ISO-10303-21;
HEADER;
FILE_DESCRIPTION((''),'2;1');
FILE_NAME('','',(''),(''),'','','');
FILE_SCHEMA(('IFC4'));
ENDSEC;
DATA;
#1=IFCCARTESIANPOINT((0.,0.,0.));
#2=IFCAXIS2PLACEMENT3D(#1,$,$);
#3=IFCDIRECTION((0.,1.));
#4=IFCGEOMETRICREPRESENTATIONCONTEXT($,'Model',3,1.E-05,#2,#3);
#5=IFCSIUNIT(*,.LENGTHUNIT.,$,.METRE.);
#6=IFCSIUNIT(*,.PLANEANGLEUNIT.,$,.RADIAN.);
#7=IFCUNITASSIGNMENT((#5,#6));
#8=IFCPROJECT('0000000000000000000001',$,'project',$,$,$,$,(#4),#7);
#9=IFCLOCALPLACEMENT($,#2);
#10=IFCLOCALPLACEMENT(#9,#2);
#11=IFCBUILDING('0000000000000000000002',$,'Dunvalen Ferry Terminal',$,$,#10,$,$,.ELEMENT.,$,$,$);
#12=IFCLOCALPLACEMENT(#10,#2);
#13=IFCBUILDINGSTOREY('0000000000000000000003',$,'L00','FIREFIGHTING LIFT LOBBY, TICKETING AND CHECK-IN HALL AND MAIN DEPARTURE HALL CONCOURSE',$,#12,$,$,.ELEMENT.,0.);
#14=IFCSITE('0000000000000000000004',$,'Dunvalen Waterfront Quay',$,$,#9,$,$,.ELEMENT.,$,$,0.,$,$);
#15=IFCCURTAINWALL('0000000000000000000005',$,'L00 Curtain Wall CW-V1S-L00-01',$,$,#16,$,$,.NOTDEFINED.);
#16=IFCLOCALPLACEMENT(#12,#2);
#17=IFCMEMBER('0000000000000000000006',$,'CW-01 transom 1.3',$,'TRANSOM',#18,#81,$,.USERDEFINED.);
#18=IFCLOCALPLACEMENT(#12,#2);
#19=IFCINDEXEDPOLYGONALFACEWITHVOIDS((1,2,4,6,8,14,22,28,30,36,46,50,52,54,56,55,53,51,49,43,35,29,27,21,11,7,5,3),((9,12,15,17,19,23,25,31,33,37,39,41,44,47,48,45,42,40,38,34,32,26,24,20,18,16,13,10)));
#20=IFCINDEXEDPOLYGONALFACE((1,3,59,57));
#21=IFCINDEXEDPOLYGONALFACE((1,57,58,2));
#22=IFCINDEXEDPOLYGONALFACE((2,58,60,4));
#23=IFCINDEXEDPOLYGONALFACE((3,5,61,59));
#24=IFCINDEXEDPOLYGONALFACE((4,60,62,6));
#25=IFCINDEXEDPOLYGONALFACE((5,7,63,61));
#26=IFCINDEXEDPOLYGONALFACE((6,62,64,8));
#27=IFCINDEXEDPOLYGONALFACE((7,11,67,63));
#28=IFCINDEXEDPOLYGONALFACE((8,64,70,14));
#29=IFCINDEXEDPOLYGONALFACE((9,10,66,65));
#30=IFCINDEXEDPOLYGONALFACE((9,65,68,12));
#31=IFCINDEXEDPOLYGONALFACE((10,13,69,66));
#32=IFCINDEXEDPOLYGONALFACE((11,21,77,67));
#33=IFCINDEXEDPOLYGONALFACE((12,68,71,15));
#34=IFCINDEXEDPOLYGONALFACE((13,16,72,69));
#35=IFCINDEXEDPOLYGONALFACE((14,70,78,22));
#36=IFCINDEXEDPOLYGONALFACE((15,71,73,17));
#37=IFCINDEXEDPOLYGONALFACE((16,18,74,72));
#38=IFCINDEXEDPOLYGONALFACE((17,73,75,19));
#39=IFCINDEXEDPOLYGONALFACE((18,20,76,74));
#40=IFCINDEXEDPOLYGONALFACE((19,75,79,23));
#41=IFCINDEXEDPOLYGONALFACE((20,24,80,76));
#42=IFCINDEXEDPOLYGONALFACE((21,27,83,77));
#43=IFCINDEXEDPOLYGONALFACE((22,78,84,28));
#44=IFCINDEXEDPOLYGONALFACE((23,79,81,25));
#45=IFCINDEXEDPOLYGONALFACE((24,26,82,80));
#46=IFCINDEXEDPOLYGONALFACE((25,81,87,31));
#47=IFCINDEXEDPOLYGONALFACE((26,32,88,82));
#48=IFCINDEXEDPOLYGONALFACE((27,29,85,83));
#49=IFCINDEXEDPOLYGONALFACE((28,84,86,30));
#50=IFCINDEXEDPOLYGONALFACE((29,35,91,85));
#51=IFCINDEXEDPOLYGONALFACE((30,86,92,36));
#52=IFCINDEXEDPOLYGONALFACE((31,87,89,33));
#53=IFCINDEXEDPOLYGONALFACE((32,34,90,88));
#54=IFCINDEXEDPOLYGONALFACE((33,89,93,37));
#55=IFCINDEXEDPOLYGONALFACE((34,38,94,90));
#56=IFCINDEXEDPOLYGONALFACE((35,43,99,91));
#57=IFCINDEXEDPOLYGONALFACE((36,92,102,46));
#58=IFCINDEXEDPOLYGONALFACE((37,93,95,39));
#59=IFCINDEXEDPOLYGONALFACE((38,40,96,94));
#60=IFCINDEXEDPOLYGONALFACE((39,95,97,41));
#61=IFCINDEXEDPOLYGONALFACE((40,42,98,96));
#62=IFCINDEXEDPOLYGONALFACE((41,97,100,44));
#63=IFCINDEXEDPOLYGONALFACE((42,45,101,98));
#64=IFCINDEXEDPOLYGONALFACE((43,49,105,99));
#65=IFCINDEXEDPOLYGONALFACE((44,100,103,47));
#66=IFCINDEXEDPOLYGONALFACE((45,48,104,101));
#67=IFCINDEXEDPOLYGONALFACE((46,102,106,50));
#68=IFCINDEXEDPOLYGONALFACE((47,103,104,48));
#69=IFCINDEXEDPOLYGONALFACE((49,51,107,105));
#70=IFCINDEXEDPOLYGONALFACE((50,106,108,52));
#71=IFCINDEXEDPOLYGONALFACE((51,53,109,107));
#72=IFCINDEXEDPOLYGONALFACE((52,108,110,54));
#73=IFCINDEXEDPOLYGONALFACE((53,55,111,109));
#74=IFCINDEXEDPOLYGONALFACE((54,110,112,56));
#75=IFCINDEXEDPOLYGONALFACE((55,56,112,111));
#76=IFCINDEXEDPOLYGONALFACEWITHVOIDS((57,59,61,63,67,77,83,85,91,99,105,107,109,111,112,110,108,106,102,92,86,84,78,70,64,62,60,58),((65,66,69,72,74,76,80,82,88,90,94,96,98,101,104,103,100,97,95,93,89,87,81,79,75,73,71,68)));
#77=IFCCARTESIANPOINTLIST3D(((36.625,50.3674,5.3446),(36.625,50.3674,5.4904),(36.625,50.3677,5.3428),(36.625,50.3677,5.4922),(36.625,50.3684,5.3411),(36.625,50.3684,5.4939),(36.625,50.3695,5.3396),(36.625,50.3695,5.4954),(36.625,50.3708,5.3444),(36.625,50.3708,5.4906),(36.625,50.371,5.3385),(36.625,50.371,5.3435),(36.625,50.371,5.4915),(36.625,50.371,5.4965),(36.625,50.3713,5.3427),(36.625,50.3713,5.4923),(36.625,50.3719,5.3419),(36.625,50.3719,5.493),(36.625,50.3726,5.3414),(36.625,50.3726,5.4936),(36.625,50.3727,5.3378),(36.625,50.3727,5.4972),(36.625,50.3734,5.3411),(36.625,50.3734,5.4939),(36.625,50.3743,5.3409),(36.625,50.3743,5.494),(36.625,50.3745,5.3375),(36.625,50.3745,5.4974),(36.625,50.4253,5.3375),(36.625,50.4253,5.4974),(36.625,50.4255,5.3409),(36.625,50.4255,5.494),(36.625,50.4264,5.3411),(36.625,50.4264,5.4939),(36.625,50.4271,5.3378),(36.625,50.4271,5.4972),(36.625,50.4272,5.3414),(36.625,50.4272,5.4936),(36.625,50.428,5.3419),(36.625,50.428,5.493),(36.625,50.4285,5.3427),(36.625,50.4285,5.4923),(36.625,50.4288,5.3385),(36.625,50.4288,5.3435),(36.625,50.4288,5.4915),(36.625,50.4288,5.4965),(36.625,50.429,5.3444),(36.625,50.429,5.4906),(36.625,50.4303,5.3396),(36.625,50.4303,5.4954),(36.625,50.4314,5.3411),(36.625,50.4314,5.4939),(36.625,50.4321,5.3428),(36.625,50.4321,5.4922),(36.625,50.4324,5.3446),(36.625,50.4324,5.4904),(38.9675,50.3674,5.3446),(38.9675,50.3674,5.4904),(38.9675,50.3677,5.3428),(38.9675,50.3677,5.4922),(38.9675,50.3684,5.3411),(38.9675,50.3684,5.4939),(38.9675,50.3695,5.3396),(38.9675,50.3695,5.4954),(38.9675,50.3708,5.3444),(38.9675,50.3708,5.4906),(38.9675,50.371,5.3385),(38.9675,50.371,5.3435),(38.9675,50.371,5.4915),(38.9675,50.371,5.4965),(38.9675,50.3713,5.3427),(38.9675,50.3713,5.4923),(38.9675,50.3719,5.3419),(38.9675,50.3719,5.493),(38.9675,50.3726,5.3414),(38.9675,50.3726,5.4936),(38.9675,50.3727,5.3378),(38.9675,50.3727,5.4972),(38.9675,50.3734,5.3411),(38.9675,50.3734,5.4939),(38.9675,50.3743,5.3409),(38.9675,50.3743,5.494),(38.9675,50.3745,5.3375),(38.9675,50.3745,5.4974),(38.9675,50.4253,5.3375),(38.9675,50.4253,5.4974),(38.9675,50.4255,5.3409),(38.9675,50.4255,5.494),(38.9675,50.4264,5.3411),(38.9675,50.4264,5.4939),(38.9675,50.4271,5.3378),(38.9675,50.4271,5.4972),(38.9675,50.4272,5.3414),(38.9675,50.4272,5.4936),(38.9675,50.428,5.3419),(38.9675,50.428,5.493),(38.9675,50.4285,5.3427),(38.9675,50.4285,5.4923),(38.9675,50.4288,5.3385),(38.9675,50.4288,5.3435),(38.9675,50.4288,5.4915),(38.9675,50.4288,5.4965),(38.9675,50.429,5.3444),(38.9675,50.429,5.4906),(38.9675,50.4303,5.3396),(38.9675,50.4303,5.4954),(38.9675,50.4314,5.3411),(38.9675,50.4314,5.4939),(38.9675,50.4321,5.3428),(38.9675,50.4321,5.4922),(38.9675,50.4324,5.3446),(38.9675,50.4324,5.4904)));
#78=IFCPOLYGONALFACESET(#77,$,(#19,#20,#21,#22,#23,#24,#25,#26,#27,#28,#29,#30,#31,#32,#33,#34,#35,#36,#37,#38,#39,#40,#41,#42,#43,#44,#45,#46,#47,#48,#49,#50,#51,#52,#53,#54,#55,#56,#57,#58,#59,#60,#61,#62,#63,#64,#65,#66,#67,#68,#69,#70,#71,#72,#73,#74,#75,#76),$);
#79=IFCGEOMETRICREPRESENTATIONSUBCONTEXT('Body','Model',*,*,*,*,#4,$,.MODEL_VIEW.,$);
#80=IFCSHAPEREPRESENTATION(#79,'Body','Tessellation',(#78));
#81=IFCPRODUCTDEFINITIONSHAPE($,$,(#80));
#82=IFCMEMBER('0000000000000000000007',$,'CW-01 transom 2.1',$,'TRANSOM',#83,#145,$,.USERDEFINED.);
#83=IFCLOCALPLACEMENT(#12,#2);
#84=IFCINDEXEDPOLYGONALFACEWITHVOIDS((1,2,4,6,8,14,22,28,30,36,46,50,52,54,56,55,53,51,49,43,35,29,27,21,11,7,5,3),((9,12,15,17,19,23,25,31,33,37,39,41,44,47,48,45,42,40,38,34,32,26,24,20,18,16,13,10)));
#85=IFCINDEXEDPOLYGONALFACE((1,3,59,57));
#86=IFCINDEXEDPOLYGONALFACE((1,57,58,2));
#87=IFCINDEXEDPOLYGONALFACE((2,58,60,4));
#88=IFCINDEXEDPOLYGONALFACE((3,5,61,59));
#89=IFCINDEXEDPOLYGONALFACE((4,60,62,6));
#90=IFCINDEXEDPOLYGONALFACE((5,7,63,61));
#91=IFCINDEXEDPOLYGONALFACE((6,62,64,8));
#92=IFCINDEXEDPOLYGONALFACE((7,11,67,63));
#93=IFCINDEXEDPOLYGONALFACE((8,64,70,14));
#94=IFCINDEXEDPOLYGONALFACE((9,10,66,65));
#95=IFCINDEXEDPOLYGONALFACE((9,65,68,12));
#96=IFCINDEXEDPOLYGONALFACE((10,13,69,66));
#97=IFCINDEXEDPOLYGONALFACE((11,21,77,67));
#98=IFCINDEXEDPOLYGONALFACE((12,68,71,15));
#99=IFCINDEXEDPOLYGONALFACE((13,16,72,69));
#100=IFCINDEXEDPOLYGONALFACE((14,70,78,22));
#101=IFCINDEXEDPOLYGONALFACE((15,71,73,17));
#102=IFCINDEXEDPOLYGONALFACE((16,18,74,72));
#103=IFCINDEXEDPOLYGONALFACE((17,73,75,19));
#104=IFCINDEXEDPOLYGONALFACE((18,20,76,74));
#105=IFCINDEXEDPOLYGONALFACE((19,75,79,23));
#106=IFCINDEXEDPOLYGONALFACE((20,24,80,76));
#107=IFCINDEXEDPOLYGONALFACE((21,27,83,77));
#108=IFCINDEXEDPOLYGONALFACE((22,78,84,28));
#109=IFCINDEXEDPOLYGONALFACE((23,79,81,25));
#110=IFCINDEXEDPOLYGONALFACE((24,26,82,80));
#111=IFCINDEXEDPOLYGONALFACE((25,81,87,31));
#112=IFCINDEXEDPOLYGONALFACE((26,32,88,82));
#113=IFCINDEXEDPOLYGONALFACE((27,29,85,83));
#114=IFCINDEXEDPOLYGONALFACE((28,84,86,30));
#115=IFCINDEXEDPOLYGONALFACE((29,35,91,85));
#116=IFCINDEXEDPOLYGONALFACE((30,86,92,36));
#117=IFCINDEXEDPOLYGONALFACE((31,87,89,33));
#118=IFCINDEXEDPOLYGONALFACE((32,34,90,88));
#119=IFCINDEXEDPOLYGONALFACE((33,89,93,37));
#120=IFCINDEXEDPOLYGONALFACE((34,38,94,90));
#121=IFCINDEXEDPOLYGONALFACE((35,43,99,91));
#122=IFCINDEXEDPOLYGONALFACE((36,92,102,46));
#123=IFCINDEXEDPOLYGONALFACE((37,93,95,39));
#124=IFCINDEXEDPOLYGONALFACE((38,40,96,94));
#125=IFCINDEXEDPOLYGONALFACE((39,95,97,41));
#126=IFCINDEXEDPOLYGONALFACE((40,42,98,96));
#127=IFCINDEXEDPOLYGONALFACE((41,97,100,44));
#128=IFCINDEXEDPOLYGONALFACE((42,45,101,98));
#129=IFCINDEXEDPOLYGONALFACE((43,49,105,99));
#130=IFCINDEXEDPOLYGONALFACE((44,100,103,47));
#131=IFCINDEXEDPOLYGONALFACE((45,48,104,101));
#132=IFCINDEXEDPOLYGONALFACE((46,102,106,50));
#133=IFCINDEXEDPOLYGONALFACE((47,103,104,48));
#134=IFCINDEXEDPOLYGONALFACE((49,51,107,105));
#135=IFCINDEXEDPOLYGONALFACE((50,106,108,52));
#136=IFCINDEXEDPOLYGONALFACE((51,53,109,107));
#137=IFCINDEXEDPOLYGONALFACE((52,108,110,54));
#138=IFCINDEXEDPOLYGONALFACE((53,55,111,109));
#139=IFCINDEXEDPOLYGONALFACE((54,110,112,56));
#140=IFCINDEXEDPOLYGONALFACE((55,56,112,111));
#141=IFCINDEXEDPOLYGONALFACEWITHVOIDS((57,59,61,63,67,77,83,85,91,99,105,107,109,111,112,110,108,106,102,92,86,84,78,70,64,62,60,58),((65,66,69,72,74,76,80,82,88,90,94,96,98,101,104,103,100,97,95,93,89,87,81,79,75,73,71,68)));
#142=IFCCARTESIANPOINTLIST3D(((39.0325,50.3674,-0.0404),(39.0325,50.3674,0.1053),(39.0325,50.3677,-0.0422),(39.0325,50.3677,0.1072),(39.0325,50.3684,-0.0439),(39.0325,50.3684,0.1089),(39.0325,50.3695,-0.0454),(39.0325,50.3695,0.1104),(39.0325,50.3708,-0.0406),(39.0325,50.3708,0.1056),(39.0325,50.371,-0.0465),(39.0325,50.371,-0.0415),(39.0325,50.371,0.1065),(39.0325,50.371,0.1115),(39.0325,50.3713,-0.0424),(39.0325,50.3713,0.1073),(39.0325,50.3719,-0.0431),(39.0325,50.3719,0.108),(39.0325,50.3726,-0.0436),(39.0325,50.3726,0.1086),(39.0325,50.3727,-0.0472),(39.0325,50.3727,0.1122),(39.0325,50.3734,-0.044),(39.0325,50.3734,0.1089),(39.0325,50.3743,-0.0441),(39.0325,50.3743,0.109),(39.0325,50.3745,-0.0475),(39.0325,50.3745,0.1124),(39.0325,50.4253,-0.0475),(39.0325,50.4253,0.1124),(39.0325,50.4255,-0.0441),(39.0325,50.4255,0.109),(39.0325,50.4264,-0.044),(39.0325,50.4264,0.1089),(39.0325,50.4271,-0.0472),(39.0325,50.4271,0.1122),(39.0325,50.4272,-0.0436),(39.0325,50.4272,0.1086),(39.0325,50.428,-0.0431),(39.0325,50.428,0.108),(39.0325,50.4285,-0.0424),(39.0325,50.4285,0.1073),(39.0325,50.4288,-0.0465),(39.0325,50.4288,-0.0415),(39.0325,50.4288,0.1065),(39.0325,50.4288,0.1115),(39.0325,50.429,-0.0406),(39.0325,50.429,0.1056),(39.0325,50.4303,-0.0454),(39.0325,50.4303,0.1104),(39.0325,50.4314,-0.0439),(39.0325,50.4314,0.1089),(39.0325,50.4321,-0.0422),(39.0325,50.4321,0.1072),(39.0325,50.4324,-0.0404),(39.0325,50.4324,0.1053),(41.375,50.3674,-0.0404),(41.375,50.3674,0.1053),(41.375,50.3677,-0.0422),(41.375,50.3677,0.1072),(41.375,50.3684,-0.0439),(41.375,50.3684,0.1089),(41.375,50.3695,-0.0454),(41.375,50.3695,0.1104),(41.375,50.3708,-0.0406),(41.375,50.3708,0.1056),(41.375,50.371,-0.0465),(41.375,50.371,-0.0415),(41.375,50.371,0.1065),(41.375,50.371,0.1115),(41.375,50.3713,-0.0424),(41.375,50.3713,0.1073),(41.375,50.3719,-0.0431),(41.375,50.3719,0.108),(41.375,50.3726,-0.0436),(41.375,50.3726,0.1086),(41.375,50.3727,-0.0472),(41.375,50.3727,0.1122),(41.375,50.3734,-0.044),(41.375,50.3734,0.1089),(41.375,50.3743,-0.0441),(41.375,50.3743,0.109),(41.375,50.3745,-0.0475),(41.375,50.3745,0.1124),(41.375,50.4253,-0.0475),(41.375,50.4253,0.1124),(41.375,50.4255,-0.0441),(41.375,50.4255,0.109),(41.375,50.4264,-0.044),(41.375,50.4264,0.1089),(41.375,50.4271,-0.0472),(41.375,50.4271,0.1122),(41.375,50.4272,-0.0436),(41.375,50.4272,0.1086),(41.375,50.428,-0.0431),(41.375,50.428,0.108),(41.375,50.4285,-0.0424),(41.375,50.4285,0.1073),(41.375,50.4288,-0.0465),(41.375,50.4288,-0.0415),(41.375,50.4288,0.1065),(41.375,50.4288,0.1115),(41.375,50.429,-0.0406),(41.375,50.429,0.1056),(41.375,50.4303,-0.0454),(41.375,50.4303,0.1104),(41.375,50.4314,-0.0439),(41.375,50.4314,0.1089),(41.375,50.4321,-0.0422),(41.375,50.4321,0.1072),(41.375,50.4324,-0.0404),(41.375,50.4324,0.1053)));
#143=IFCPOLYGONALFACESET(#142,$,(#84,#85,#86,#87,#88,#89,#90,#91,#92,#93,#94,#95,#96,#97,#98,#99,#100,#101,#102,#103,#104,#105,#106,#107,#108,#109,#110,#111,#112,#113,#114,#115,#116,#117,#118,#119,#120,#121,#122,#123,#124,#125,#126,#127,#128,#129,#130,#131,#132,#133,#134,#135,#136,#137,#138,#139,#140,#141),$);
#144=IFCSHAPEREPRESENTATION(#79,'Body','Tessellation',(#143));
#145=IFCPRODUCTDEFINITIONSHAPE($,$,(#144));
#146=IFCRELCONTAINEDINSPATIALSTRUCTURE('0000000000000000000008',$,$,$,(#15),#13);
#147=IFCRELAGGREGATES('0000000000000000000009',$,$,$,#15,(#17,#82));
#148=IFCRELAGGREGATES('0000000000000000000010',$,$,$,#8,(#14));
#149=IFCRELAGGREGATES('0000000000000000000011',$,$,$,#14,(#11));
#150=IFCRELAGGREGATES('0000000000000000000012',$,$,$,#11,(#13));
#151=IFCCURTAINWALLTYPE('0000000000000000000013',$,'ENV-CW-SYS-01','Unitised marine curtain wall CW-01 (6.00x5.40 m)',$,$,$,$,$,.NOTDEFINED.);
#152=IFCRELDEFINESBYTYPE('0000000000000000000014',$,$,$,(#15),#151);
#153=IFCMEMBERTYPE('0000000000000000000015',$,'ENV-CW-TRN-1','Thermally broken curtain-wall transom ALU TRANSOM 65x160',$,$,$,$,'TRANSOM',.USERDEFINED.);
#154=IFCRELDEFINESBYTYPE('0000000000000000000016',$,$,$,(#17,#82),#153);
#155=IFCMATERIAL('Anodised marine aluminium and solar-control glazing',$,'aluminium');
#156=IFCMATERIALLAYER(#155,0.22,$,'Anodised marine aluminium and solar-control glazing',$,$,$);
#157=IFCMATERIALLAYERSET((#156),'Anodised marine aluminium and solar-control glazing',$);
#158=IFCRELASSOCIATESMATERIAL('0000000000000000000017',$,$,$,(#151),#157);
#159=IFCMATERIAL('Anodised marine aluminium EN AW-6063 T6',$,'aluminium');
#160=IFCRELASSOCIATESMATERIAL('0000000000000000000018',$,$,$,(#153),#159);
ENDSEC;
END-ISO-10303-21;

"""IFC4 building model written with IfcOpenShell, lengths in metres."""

from ifc_helpers import new_model, si_unit, direction, frame, origin, origin_2d, place, context, subcontext, project, spatial, hollow_rectangle, extrude, material, layer, layer_set, material_profile, profile_set, type_object, element, aggregate, save


model = new_model("IFC4")

# Units and contexts
model_context = context("Model", 3, precision=1e-05, world=origin(), true_north=direction((0.0, 1.0)))
body_context = subcontext(model_context, "Body", "Model", "MODEL_VIEW")
ifc_project = project(units=[si_unit("LENGTHUNIT", "METRE"), si_unit("PLANEANGLEUNIT", "RADIAN")], contexts=[model_context])

# Site, building, storey
site_placement = place(None, origin())
site = spatial("IfcSite", under=ifc_project, at=site_placement, Name="Dunvalen Waterfront Quay", CompositionType="ELEMENT", RefElevation=0.0)
building_placement = place(site_placement, origin())
building = spatial("IfcBuilding", under=site, at=building_placement, Name="Dunvalen Ferry Terminal", CompositionType="ELEMENT")
storey_placement = place(building_placement, origin())
storey = spatial("IfcBuildingStorey", under=building, at=storey_placement, Name="L00", Description="FIREFIGHTING LIFT LOBBY, TICKETING AND CHECK-IN HALL AND MAIN DEPARTURE HALL CONCOURSE", CompositionType="ELEMENT", Elevation=0.0)

# Curtain wall, members
ifc_material_1 = material(Name="Anodised marine aluminium and solar-control glazing", Category="aluminium")
ifc_layer_1 = layer(ifc_material_1, 0.22, Name="Anodised marine aluminium and solar-control glazing")
ifc_layer_set_1 = layer_set([ifc_layer_1], Name="Anodised marine aluminium and solar-control glazing")
curtain_wall_type = type_object("IfcCurtainWallType", Name="ENV-CW-SYS-01", Description="Unitised marine curtain wall CW-01 (6.00x5.40 m)", PredefinedType="NOTDEFINED", material=ifc_layer_set_1)
curtain_wall_placement = place(storey_placement, origin())
curtain_wall = element("IfcCurtainWall", 1, at=curtain_wall_placement, inside=storey, type_object=curtain_wall_type, Name="L00 Curtain Wall CW-V1S-L00-01", PredefinedType="NOTDEFINED")
ifc_material_2 = material(Name="Anodised marine aluminium EN AW-6063 T6", Category="aluminium")
ifc_material_profile_1 = material_profile(ifc_material_2, hollow_rectangle(XDim=0.0649, YDim=0.1599, WallThickness=0.0034, InnerFilletRadius=0.0034, OuterFilletRadius=0.0071, at=origin_2d()), Name="Anodised marine aluminium EN AW-6063 T6")
ifc_profile_set_1 = profile_set([ifc_material_profile_1], Name="Anodised marine aluminium EN AW-6063 T6")
member_type_1 = type_object("IfcMemberType", Name="ENV-CW-TRN-1", Description="Thermally broken curtain-wall transom ALU TRANSOM 65x160", ElementType="TRANSOM", PredefinedType="USERDEFINED", material=ifc_profile_set_1)
member_1_placement = place(storey_placement, frame((36.625, 50.3999, 5.4175), z_axis=(1.0, 0.0, 0.0), x_axis=(0.0, 1.0, 0.0)))
member_1 = element("IfcMember", 2, at=member_1_placement, type_object=member_type_1, Name="CW-01 transom 1.3", ObjectType="TRANSOM", PredefinedType="USERDEFINED", context=body_context, shape_type="SweptSolid", body=[
    extrude(hollow_rectangle(XDim=0.0649, YDim=0.1599, WallThickness=0.0034, InnerFilletRadius=0.0034, OuterFilletRadius=0.0071, at=origin_2d()), origin(), (0.0, 0.0, 1.0), 2.3425),
])
member_2_placement = place(storey_placement, frame((39.0325, 50.3999, 0.0325), z_axis=(1.0, 0.0, 0.0), x_axis=(0.0, 1.0, 0.0)))
member_2 = element("IfcMember", 3, at=member_2_placement, type_object=member_type_1, Name="CW-01 transom 2.1", ObjectType="TRANSOM", PredefinedType="USERDEFINED", context=body_context, shape_type="SweptSolid", body=[
    extrude(hollow_rectangle(XDim=0.0649, YDim=0.1599, WallThickness=0.0034, InnerFilletRadius=0.0034, OuterFilletRadius=0.0071, at=origin_2d()), origin(), (0.0, 0.0, 1.0), 2.3425),
])
aggregate(curtain_wall, [member_1, member_2])

save(model, "model.ifc")
